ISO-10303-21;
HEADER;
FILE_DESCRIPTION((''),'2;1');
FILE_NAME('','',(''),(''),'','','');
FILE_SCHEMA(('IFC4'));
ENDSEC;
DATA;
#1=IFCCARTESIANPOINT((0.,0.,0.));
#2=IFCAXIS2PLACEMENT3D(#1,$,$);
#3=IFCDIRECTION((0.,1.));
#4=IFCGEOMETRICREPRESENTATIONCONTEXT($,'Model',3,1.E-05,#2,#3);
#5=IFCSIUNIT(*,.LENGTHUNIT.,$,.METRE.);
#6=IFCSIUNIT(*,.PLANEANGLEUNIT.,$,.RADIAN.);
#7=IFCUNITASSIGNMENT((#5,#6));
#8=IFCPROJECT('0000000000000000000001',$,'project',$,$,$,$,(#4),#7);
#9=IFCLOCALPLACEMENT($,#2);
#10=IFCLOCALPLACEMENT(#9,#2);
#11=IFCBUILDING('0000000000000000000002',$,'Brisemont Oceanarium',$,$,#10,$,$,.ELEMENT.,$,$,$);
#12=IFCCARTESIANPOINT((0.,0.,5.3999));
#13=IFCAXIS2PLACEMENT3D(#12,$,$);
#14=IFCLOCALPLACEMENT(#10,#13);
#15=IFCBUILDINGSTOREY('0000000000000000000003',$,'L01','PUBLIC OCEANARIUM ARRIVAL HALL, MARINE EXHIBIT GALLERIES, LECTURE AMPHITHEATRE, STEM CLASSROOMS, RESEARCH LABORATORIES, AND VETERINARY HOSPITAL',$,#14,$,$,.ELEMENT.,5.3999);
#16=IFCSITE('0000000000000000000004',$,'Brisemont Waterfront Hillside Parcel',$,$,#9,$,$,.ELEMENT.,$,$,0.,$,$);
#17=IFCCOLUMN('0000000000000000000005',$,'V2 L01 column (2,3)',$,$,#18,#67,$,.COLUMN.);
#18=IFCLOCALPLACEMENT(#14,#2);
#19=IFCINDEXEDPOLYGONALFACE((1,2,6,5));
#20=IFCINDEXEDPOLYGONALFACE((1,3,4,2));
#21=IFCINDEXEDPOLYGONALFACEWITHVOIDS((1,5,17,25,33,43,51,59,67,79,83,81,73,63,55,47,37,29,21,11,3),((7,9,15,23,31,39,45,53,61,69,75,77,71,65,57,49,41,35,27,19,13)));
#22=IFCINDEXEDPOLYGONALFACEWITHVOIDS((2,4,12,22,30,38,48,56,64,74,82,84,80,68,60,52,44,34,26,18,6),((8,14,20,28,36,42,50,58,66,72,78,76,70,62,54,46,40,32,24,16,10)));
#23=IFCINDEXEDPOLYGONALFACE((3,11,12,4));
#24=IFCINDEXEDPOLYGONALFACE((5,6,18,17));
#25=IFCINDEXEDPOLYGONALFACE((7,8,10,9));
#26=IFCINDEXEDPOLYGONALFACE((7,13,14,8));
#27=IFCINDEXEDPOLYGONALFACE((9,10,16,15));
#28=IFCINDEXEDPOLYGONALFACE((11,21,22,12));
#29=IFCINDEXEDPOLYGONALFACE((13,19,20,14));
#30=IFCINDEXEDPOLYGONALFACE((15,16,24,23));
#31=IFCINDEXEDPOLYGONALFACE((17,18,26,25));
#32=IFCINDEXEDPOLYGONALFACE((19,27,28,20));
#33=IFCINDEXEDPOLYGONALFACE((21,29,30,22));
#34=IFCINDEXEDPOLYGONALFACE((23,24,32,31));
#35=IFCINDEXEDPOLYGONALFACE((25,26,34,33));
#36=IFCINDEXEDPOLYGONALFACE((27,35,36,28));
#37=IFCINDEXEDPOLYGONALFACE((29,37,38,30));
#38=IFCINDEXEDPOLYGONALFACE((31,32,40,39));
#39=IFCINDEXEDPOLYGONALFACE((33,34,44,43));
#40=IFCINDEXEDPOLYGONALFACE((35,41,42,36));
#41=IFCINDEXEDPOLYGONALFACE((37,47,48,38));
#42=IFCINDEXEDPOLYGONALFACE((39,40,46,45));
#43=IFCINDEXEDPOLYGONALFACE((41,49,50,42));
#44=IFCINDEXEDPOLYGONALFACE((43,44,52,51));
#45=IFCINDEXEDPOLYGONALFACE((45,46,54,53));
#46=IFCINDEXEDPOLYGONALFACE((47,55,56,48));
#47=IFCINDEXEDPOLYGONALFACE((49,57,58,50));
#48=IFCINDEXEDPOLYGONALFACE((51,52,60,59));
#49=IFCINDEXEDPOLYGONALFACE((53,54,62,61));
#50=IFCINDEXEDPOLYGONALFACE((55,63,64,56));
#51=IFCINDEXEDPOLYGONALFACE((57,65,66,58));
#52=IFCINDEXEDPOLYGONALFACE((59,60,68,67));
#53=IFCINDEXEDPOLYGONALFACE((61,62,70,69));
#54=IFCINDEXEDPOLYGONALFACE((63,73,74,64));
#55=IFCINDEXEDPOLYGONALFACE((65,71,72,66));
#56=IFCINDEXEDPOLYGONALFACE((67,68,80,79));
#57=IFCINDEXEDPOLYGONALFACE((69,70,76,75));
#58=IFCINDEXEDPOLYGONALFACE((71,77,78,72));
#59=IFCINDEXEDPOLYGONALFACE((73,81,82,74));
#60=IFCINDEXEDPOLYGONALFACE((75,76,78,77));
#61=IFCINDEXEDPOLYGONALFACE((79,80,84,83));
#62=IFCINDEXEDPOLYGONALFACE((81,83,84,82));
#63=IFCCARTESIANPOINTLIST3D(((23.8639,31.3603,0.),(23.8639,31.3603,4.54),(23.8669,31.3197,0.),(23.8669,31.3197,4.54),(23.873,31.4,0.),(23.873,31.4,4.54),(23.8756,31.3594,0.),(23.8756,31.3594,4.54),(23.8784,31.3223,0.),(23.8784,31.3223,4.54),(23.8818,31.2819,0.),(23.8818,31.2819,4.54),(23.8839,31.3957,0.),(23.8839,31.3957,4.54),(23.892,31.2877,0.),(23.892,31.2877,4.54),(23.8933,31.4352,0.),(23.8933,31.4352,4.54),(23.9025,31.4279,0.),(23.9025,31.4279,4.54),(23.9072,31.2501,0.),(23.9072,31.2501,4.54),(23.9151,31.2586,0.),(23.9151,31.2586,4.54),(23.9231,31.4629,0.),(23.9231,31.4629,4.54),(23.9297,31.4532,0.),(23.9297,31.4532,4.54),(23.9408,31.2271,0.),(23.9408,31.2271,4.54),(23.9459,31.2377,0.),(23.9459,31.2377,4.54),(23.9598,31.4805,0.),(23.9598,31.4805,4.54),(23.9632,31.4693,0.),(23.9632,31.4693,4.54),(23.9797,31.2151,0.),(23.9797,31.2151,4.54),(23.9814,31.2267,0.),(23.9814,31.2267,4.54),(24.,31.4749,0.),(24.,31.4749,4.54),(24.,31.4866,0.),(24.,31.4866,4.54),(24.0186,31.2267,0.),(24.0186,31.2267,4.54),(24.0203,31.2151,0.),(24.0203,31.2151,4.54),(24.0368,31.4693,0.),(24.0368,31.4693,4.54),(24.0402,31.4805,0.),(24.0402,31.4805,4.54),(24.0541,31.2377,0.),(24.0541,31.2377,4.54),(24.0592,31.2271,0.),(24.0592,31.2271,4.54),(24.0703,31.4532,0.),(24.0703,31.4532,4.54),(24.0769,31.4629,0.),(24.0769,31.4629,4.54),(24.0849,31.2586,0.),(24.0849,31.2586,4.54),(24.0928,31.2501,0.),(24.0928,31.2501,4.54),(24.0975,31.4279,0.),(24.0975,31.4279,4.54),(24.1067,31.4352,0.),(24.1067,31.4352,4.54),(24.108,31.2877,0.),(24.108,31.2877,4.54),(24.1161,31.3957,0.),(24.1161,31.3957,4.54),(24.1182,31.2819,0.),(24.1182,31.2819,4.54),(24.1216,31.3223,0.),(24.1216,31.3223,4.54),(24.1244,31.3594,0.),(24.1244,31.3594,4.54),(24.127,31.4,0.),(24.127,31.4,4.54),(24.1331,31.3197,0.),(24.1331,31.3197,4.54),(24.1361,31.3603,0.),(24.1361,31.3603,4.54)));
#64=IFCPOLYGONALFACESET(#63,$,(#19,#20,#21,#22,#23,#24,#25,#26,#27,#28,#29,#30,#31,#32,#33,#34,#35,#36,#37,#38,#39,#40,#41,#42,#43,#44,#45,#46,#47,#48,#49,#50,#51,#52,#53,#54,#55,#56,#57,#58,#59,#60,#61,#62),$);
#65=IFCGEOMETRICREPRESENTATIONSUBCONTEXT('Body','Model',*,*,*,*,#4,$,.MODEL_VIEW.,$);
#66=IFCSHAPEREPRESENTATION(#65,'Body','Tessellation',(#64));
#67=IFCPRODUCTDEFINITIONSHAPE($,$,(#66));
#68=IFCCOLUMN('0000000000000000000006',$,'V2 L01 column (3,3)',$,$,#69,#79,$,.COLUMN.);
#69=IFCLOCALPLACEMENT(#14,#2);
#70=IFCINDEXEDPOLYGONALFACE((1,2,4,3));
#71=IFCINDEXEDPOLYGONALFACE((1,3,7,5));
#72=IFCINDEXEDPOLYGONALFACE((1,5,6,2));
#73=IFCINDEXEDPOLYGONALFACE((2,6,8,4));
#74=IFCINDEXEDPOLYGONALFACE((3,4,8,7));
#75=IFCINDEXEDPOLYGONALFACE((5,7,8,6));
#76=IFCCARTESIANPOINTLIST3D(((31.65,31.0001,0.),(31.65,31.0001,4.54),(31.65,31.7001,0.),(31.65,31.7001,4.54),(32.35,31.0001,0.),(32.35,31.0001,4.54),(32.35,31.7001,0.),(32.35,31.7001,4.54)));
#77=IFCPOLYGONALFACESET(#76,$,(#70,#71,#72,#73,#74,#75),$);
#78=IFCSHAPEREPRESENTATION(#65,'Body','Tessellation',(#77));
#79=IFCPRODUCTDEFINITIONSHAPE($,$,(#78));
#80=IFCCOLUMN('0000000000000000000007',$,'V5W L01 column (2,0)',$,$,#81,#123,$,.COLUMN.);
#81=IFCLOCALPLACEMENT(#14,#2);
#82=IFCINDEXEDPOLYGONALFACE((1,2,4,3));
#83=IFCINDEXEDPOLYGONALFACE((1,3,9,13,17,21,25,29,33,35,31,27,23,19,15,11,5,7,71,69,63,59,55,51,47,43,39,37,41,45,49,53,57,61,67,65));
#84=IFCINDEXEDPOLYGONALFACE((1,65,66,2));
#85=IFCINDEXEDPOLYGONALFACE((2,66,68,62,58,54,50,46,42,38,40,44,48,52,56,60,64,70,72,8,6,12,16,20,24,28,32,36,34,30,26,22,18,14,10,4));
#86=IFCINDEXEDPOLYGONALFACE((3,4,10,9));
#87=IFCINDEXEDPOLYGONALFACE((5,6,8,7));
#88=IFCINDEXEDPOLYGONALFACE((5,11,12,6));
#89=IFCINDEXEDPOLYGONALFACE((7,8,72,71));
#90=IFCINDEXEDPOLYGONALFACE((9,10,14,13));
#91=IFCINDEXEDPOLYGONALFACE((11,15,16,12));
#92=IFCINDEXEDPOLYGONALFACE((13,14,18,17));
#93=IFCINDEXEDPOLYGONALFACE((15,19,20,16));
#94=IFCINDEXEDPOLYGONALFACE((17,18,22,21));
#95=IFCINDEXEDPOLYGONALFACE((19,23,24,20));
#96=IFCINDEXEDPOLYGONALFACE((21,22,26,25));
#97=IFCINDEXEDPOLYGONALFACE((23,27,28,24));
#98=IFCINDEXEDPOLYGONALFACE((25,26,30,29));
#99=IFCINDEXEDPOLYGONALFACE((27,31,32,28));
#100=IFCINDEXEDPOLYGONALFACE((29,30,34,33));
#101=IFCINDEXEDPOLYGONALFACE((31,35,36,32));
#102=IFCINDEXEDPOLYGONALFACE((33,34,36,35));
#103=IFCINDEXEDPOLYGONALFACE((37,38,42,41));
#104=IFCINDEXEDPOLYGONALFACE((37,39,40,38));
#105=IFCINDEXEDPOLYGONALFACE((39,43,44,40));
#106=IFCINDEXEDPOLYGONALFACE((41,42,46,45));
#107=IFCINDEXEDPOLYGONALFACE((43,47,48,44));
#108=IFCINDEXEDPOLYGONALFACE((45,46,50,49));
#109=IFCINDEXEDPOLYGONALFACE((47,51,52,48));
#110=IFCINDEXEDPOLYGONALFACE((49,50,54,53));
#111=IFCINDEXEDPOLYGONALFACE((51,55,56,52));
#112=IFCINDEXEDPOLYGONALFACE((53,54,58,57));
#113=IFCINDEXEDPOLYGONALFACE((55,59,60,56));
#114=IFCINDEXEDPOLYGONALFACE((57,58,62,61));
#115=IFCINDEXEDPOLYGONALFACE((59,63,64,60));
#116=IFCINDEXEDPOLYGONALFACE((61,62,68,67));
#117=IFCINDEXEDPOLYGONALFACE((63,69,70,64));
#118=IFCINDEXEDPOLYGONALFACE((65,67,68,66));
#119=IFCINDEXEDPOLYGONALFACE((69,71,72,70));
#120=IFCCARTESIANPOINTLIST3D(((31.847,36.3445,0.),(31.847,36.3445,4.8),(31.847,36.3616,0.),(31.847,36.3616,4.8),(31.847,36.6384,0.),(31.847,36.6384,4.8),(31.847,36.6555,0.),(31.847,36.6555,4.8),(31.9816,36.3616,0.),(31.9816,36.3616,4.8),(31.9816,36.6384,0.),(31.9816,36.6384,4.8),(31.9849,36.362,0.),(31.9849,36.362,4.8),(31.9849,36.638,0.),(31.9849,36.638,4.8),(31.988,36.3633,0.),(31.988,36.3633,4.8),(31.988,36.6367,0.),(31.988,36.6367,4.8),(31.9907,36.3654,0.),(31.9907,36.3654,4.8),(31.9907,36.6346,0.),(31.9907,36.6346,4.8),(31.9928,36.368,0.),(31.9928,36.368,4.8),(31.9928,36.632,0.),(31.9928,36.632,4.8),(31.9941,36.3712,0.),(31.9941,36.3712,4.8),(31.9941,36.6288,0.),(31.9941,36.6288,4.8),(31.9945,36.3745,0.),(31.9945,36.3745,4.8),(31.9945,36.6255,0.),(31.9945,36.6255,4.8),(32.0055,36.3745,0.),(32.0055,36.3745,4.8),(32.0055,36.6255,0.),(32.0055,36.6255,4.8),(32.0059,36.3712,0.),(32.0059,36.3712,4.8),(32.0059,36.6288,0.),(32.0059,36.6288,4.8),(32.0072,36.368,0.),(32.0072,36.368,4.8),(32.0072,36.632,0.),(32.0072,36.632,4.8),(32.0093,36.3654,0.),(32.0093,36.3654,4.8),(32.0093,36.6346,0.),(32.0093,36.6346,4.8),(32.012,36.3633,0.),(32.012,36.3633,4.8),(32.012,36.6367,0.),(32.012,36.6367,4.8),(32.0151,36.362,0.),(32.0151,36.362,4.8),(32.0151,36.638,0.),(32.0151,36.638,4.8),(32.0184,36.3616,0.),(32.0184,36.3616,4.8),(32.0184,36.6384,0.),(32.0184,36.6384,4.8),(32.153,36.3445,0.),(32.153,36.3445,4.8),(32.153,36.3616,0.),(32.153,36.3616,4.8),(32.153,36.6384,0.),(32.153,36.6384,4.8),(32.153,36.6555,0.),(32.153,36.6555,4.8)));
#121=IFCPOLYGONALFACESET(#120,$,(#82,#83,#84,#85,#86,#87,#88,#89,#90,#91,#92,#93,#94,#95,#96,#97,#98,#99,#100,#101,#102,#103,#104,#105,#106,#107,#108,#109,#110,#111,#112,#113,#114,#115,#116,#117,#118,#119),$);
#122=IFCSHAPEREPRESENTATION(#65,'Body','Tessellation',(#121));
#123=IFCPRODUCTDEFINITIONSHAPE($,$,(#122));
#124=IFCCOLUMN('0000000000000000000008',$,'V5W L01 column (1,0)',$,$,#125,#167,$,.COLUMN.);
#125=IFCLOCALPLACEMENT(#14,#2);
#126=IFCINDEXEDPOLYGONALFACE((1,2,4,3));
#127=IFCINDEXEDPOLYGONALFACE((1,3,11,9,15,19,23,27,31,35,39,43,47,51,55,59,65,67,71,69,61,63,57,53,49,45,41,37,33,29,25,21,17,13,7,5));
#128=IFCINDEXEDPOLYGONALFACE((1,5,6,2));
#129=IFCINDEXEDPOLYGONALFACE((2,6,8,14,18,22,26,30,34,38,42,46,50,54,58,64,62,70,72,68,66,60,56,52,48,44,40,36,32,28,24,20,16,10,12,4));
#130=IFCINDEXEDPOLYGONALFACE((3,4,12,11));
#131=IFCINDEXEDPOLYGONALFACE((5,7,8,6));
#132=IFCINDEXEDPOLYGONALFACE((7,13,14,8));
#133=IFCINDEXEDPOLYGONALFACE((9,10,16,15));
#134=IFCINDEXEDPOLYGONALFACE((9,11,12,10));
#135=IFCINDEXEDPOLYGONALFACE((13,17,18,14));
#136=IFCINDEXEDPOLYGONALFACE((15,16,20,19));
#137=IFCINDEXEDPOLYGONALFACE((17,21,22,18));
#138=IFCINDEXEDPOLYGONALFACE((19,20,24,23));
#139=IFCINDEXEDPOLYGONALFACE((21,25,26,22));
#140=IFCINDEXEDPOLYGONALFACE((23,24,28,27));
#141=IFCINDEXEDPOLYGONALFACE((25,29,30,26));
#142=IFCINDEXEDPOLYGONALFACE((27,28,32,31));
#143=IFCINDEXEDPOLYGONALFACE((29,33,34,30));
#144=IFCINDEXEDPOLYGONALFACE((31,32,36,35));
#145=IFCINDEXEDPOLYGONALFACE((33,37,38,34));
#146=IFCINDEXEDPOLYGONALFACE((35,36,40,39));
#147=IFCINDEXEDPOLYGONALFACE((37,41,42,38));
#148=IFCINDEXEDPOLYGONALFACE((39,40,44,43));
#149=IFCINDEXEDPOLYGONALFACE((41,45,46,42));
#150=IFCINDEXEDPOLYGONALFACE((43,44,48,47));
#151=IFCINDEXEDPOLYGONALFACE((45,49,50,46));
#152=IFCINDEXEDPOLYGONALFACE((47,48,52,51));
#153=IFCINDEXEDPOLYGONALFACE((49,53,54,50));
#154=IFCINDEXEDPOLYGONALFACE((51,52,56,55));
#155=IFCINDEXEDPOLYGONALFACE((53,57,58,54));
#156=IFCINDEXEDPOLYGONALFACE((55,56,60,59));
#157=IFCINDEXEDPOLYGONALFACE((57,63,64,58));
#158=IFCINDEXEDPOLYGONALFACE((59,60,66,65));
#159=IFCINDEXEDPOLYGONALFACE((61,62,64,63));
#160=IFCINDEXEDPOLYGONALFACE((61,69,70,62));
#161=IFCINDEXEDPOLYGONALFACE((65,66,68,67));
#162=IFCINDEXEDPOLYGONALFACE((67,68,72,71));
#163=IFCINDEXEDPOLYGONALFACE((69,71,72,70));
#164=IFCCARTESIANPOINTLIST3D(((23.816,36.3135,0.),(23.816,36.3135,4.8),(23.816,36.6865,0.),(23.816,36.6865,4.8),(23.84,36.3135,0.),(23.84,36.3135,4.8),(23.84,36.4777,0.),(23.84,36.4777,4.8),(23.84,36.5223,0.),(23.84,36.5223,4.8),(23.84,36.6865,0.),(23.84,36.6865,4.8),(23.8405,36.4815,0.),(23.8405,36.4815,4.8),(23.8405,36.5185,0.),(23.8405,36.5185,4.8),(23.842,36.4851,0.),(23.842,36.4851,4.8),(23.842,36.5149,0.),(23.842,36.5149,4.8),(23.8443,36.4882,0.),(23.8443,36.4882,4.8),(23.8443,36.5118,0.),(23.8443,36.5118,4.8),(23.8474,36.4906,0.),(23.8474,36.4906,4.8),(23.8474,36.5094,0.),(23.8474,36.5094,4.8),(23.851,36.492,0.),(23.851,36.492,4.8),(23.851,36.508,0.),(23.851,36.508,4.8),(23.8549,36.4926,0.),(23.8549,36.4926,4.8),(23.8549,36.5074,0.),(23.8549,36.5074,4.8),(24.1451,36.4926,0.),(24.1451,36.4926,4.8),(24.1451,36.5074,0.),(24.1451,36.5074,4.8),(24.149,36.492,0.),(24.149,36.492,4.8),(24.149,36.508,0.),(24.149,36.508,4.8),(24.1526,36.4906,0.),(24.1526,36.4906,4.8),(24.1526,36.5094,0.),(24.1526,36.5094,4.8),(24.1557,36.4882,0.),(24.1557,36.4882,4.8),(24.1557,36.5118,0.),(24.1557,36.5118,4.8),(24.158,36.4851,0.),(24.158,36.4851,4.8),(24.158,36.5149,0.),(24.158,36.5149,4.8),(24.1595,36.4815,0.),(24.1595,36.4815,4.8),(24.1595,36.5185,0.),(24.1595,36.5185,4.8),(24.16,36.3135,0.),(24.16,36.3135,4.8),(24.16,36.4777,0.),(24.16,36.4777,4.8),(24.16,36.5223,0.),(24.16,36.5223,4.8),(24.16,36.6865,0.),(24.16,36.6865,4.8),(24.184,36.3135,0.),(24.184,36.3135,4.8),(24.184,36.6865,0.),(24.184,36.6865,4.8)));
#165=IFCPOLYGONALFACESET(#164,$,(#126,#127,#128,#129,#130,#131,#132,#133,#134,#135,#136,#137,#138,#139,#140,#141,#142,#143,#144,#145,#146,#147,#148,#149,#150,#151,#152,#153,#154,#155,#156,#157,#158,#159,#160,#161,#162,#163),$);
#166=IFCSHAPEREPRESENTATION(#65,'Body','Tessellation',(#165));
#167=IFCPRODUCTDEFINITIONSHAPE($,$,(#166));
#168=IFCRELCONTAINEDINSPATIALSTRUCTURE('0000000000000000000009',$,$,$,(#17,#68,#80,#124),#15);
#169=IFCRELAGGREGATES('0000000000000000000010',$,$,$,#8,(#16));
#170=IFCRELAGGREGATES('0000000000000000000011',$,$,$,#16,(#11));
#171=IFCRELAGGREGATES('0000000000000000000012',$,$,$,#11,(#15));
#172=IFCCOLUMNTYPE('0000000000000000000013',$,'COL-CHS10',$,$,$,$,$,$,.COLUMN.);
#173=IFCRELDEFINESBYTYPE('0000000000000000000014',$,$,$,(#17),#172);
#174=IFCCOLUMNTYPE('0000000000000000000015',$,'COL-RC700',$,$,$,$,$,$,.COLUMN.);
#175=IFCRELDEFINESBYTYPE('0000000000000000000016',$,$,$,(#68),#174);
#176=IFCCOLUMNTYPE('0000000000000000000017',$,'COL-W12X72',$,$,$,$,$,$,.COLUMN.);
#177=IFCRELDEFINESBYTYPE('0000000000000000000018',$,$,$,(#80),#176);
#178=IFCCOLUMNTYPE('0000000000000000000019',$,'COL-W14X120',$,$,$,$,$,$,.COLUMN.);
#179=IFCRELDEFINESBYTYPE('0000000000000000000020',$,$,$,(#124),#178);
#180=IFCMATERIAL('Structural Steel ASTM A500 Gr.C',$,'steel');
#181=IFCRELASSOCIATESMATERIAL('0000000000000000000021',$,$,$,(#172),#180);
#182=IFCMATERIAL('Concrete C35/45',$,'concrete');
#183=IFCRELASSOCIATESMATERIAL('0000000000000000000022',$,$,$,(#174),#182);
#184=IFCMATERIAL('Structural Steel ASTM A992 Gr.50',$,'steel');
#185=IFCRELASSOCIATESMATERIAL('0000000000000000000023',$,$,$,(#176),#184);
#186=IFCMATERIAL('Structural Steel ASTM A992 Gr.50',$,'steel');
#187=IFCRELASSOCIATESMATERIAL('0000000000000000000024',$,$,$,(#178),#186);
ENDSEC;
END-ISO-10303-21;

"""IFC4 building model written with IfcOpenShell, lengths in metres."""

from ifc_helpers import new_model, si_unit, direction, frame, origin, origin_2d, place, context, subcontext, project, spatial, rectangle, hollow_circle, i_section, extrude, material, material_profile, profile_set, type_object, element, save


model = new_model("IFC4")

# Units and contexts
model_context = context("Model", 3, precision=1e-05, world=origin(), true_north=direction((0.0, 1.0)))
body_context = subcontext(model_context, "Body", "Model", "MODEL_VIEW")
ifc_project = project(units=[si_unit("LENGTHUNIT", "METRE"), si_unit("PLANEANGLEUNIT", "RADIAN")], contexts=[model_context])

# Site, building, storey
site_placement = place(None, origin())
site = spatial("IfcSite", under=ifc_project, at=site_placement, Name="Brisemont Waterfront Hillside Parcel", CompositionType="ELEMENT", RefElevation=0.0)
building_placement = place(site_placement, origin())
building = spatial("IfcBuilding", under=site, at=building_placement, Name="Brisemont Oceanarium", CompositionType="ELEMENT")
storey_placement = place(building_placement, frame((0.0, 0.0, 5.3999)))
storey = spatial("IfcBuildingStorey", under=building, at=storey_placement, Name="L01", Description="PUBLIC OCEANARIUM ARRIVAL HALL, MARINE EXHIBIT GALLERIES, LECTURE AMPHITHEATRE, STEM CLASSROOMS, RESEARCH LABORATORIES, AND VETERINARY HOSPITAL", CompositionType="ELEMENT", Elevation=5.3999)

# Columns
ifc_material_1 = material(Name="Structural Steel ASTM A500 Gr.C", Category="steel")
ifc_material_profile_1 = material_profile(ifc_material_1, hollow_circle(Radius=0.1365, WallThickness=0.0117, at=origin_2d()), Name="HSS10.750X0.500")
ifc_profile_set_1 = profile_set([ifc_material_profile_1], Name="Structural Steel ASTM A500 Gr.C")
column_type_1 = type_object("IfcColumnType", Name="COL-CHS10", PredefinedType="COLUMN", material=ifc_profile_set_1)
column_1_placement = place(storey_placement, frame((24.0, 31.3501, 0.0), z_axis=(0.0, 0.0, 1.0), x_axis=(0.0, 1.0, 0.0)))
element("IfcColumn", 1, at=column_1_placement, inside=storey, type_object=column_type_1, Name="V2 L01 column (2,3)", PredefinedType="COLUMN", context=body_context, shape_type="SweptSolid", body=[
    extrude(hollow_circle(Radius=0.1365, WallThickness=0.0117, at=origin_2d()), origin(), (0.0, 0.0, 1.0), 4.54),
])
ifc_material_2 = material(Name="Concrete C35/45", Category="concrete")
ifc_material_profile_2 = material_profile(ifc_material_2, rectangle(XDim=0.7, YDim=0.7, at=origin_2d()), Name="RC-COL-700X700")
ifc_profile_set_2 = profile_set([ifc_material_profile_2], Name="Concrete C35/45")
column_type_2 = type_object("IfcColumnType", Name="COL-RC700", PredefinedType="COLUMN", material=ifc_profile_set_2)
column_2_placement = place(storey_placement, frame((32.0, 31.3501, 0.0), z_axis=(0.0, 0.0, 1.0), x_axis=(1.0, 0.0, 0.0)))
element("IfcColumn", 2, at=column_2_placement, inside=storey, type_object=column_type_2, Name="V2 L01 column (3,3)", PredefinedType="COLUMN", context=body_context, shape_type="SweptSolid", body=[
    extrude(rectangle(XDim=0.7, YDim=0.7, at=origin_2d()), origin(), (0.0, 0.0, 1.0), 4.54),
])
ifc_material_3 = material(Name="Structural Steel ASTM A992 Gr.50", Category="steel")
ifc_material_profile_3 = material_profile(ifc_material_3, i_section(OverallWidth=0.3059, OverallDepth=0.311, WebThickness=0.011, FlangeThickness=0.0171, FilletRadius=0.0129, at=origin_2d()), Name="W12X72")
ifc_profile_set_3 = profile_set([ifc_material_profile_3], Name="Structural Steel ASTM A992 Gr.50")
column_type_3 = type_object("IfcColumnType", Name="COL-W12X72", PredefinedType="COLUMN", material=ifc_profile_set_3)
column_3_placement = place(storey_placement, frame((32.0, 36.5, 0.0), z_axis=(0.0, 0.0, 1.0), x_axis=(1.0, 0.0, 0.0)))
element("IfcColumn", 3, at=column_3_placement, inside=storey, type_object=column_type_3, Name="V5W L01 column (2,0)", PredefinedType="COLUMN", context=body_context, shape_type="SweptSolid", body=[
    extrude(i_section(OverallWidth=0.3059, OverallDepth=0.311, WebThickness=0.011, FlangeThickness=0.0171, FilletRadius=0.0129, at=origin_2d()), origin(), (0.0, 0.0, 1.0), 4.8),
])
ifc_material_4 = material(Name="Structural Steel ASTM A992 Gr.50", Category="steel")
ifc_material_profile_4 = material_profile(ifc_material_4, i_section(OverallWidth=0.373, OverallDepth=0.3679, WebThickness=0.0149, FlangeThickness=0.0239, FilletRadius=0.0149, at=origin_2d()), Name="W14X120")
ifc_profile_set_4 = profile_set([ifc_material_profile_4], Name="Structural Steel ASTM A992 Gr.50")
column_type_4 = type_object("IfcColumnType", Name="COL-W14X120", PredefinedType="COLUMN", material=ifc_profile_set_4)
column_4_placement = place(storey_placement, frame((24.0, 36.5, 0.0), z_axis=(0.0, 0.0, 1.0), x_axis=(0.0, 1.0, 0.0)))
element("IfcColumn", 4, at=column_4_placement, inside=storey, type_object=column_type_4, Name="V5W L01 column (1,0)", PredefinedType="COLUMN", context=body_context, shape_type="SweptSolid", body=[
    extrude(i_section(OverallWidth=0.373, OverallDepth=0.3679, WebThickness=0.0149, FlangeThickness=0.0239, FilletRadius=0.0149, at=origin_2d()), origin(), (0.0, 0.0, 1.0), 4.8),
])

save(model, "model.ifc")
